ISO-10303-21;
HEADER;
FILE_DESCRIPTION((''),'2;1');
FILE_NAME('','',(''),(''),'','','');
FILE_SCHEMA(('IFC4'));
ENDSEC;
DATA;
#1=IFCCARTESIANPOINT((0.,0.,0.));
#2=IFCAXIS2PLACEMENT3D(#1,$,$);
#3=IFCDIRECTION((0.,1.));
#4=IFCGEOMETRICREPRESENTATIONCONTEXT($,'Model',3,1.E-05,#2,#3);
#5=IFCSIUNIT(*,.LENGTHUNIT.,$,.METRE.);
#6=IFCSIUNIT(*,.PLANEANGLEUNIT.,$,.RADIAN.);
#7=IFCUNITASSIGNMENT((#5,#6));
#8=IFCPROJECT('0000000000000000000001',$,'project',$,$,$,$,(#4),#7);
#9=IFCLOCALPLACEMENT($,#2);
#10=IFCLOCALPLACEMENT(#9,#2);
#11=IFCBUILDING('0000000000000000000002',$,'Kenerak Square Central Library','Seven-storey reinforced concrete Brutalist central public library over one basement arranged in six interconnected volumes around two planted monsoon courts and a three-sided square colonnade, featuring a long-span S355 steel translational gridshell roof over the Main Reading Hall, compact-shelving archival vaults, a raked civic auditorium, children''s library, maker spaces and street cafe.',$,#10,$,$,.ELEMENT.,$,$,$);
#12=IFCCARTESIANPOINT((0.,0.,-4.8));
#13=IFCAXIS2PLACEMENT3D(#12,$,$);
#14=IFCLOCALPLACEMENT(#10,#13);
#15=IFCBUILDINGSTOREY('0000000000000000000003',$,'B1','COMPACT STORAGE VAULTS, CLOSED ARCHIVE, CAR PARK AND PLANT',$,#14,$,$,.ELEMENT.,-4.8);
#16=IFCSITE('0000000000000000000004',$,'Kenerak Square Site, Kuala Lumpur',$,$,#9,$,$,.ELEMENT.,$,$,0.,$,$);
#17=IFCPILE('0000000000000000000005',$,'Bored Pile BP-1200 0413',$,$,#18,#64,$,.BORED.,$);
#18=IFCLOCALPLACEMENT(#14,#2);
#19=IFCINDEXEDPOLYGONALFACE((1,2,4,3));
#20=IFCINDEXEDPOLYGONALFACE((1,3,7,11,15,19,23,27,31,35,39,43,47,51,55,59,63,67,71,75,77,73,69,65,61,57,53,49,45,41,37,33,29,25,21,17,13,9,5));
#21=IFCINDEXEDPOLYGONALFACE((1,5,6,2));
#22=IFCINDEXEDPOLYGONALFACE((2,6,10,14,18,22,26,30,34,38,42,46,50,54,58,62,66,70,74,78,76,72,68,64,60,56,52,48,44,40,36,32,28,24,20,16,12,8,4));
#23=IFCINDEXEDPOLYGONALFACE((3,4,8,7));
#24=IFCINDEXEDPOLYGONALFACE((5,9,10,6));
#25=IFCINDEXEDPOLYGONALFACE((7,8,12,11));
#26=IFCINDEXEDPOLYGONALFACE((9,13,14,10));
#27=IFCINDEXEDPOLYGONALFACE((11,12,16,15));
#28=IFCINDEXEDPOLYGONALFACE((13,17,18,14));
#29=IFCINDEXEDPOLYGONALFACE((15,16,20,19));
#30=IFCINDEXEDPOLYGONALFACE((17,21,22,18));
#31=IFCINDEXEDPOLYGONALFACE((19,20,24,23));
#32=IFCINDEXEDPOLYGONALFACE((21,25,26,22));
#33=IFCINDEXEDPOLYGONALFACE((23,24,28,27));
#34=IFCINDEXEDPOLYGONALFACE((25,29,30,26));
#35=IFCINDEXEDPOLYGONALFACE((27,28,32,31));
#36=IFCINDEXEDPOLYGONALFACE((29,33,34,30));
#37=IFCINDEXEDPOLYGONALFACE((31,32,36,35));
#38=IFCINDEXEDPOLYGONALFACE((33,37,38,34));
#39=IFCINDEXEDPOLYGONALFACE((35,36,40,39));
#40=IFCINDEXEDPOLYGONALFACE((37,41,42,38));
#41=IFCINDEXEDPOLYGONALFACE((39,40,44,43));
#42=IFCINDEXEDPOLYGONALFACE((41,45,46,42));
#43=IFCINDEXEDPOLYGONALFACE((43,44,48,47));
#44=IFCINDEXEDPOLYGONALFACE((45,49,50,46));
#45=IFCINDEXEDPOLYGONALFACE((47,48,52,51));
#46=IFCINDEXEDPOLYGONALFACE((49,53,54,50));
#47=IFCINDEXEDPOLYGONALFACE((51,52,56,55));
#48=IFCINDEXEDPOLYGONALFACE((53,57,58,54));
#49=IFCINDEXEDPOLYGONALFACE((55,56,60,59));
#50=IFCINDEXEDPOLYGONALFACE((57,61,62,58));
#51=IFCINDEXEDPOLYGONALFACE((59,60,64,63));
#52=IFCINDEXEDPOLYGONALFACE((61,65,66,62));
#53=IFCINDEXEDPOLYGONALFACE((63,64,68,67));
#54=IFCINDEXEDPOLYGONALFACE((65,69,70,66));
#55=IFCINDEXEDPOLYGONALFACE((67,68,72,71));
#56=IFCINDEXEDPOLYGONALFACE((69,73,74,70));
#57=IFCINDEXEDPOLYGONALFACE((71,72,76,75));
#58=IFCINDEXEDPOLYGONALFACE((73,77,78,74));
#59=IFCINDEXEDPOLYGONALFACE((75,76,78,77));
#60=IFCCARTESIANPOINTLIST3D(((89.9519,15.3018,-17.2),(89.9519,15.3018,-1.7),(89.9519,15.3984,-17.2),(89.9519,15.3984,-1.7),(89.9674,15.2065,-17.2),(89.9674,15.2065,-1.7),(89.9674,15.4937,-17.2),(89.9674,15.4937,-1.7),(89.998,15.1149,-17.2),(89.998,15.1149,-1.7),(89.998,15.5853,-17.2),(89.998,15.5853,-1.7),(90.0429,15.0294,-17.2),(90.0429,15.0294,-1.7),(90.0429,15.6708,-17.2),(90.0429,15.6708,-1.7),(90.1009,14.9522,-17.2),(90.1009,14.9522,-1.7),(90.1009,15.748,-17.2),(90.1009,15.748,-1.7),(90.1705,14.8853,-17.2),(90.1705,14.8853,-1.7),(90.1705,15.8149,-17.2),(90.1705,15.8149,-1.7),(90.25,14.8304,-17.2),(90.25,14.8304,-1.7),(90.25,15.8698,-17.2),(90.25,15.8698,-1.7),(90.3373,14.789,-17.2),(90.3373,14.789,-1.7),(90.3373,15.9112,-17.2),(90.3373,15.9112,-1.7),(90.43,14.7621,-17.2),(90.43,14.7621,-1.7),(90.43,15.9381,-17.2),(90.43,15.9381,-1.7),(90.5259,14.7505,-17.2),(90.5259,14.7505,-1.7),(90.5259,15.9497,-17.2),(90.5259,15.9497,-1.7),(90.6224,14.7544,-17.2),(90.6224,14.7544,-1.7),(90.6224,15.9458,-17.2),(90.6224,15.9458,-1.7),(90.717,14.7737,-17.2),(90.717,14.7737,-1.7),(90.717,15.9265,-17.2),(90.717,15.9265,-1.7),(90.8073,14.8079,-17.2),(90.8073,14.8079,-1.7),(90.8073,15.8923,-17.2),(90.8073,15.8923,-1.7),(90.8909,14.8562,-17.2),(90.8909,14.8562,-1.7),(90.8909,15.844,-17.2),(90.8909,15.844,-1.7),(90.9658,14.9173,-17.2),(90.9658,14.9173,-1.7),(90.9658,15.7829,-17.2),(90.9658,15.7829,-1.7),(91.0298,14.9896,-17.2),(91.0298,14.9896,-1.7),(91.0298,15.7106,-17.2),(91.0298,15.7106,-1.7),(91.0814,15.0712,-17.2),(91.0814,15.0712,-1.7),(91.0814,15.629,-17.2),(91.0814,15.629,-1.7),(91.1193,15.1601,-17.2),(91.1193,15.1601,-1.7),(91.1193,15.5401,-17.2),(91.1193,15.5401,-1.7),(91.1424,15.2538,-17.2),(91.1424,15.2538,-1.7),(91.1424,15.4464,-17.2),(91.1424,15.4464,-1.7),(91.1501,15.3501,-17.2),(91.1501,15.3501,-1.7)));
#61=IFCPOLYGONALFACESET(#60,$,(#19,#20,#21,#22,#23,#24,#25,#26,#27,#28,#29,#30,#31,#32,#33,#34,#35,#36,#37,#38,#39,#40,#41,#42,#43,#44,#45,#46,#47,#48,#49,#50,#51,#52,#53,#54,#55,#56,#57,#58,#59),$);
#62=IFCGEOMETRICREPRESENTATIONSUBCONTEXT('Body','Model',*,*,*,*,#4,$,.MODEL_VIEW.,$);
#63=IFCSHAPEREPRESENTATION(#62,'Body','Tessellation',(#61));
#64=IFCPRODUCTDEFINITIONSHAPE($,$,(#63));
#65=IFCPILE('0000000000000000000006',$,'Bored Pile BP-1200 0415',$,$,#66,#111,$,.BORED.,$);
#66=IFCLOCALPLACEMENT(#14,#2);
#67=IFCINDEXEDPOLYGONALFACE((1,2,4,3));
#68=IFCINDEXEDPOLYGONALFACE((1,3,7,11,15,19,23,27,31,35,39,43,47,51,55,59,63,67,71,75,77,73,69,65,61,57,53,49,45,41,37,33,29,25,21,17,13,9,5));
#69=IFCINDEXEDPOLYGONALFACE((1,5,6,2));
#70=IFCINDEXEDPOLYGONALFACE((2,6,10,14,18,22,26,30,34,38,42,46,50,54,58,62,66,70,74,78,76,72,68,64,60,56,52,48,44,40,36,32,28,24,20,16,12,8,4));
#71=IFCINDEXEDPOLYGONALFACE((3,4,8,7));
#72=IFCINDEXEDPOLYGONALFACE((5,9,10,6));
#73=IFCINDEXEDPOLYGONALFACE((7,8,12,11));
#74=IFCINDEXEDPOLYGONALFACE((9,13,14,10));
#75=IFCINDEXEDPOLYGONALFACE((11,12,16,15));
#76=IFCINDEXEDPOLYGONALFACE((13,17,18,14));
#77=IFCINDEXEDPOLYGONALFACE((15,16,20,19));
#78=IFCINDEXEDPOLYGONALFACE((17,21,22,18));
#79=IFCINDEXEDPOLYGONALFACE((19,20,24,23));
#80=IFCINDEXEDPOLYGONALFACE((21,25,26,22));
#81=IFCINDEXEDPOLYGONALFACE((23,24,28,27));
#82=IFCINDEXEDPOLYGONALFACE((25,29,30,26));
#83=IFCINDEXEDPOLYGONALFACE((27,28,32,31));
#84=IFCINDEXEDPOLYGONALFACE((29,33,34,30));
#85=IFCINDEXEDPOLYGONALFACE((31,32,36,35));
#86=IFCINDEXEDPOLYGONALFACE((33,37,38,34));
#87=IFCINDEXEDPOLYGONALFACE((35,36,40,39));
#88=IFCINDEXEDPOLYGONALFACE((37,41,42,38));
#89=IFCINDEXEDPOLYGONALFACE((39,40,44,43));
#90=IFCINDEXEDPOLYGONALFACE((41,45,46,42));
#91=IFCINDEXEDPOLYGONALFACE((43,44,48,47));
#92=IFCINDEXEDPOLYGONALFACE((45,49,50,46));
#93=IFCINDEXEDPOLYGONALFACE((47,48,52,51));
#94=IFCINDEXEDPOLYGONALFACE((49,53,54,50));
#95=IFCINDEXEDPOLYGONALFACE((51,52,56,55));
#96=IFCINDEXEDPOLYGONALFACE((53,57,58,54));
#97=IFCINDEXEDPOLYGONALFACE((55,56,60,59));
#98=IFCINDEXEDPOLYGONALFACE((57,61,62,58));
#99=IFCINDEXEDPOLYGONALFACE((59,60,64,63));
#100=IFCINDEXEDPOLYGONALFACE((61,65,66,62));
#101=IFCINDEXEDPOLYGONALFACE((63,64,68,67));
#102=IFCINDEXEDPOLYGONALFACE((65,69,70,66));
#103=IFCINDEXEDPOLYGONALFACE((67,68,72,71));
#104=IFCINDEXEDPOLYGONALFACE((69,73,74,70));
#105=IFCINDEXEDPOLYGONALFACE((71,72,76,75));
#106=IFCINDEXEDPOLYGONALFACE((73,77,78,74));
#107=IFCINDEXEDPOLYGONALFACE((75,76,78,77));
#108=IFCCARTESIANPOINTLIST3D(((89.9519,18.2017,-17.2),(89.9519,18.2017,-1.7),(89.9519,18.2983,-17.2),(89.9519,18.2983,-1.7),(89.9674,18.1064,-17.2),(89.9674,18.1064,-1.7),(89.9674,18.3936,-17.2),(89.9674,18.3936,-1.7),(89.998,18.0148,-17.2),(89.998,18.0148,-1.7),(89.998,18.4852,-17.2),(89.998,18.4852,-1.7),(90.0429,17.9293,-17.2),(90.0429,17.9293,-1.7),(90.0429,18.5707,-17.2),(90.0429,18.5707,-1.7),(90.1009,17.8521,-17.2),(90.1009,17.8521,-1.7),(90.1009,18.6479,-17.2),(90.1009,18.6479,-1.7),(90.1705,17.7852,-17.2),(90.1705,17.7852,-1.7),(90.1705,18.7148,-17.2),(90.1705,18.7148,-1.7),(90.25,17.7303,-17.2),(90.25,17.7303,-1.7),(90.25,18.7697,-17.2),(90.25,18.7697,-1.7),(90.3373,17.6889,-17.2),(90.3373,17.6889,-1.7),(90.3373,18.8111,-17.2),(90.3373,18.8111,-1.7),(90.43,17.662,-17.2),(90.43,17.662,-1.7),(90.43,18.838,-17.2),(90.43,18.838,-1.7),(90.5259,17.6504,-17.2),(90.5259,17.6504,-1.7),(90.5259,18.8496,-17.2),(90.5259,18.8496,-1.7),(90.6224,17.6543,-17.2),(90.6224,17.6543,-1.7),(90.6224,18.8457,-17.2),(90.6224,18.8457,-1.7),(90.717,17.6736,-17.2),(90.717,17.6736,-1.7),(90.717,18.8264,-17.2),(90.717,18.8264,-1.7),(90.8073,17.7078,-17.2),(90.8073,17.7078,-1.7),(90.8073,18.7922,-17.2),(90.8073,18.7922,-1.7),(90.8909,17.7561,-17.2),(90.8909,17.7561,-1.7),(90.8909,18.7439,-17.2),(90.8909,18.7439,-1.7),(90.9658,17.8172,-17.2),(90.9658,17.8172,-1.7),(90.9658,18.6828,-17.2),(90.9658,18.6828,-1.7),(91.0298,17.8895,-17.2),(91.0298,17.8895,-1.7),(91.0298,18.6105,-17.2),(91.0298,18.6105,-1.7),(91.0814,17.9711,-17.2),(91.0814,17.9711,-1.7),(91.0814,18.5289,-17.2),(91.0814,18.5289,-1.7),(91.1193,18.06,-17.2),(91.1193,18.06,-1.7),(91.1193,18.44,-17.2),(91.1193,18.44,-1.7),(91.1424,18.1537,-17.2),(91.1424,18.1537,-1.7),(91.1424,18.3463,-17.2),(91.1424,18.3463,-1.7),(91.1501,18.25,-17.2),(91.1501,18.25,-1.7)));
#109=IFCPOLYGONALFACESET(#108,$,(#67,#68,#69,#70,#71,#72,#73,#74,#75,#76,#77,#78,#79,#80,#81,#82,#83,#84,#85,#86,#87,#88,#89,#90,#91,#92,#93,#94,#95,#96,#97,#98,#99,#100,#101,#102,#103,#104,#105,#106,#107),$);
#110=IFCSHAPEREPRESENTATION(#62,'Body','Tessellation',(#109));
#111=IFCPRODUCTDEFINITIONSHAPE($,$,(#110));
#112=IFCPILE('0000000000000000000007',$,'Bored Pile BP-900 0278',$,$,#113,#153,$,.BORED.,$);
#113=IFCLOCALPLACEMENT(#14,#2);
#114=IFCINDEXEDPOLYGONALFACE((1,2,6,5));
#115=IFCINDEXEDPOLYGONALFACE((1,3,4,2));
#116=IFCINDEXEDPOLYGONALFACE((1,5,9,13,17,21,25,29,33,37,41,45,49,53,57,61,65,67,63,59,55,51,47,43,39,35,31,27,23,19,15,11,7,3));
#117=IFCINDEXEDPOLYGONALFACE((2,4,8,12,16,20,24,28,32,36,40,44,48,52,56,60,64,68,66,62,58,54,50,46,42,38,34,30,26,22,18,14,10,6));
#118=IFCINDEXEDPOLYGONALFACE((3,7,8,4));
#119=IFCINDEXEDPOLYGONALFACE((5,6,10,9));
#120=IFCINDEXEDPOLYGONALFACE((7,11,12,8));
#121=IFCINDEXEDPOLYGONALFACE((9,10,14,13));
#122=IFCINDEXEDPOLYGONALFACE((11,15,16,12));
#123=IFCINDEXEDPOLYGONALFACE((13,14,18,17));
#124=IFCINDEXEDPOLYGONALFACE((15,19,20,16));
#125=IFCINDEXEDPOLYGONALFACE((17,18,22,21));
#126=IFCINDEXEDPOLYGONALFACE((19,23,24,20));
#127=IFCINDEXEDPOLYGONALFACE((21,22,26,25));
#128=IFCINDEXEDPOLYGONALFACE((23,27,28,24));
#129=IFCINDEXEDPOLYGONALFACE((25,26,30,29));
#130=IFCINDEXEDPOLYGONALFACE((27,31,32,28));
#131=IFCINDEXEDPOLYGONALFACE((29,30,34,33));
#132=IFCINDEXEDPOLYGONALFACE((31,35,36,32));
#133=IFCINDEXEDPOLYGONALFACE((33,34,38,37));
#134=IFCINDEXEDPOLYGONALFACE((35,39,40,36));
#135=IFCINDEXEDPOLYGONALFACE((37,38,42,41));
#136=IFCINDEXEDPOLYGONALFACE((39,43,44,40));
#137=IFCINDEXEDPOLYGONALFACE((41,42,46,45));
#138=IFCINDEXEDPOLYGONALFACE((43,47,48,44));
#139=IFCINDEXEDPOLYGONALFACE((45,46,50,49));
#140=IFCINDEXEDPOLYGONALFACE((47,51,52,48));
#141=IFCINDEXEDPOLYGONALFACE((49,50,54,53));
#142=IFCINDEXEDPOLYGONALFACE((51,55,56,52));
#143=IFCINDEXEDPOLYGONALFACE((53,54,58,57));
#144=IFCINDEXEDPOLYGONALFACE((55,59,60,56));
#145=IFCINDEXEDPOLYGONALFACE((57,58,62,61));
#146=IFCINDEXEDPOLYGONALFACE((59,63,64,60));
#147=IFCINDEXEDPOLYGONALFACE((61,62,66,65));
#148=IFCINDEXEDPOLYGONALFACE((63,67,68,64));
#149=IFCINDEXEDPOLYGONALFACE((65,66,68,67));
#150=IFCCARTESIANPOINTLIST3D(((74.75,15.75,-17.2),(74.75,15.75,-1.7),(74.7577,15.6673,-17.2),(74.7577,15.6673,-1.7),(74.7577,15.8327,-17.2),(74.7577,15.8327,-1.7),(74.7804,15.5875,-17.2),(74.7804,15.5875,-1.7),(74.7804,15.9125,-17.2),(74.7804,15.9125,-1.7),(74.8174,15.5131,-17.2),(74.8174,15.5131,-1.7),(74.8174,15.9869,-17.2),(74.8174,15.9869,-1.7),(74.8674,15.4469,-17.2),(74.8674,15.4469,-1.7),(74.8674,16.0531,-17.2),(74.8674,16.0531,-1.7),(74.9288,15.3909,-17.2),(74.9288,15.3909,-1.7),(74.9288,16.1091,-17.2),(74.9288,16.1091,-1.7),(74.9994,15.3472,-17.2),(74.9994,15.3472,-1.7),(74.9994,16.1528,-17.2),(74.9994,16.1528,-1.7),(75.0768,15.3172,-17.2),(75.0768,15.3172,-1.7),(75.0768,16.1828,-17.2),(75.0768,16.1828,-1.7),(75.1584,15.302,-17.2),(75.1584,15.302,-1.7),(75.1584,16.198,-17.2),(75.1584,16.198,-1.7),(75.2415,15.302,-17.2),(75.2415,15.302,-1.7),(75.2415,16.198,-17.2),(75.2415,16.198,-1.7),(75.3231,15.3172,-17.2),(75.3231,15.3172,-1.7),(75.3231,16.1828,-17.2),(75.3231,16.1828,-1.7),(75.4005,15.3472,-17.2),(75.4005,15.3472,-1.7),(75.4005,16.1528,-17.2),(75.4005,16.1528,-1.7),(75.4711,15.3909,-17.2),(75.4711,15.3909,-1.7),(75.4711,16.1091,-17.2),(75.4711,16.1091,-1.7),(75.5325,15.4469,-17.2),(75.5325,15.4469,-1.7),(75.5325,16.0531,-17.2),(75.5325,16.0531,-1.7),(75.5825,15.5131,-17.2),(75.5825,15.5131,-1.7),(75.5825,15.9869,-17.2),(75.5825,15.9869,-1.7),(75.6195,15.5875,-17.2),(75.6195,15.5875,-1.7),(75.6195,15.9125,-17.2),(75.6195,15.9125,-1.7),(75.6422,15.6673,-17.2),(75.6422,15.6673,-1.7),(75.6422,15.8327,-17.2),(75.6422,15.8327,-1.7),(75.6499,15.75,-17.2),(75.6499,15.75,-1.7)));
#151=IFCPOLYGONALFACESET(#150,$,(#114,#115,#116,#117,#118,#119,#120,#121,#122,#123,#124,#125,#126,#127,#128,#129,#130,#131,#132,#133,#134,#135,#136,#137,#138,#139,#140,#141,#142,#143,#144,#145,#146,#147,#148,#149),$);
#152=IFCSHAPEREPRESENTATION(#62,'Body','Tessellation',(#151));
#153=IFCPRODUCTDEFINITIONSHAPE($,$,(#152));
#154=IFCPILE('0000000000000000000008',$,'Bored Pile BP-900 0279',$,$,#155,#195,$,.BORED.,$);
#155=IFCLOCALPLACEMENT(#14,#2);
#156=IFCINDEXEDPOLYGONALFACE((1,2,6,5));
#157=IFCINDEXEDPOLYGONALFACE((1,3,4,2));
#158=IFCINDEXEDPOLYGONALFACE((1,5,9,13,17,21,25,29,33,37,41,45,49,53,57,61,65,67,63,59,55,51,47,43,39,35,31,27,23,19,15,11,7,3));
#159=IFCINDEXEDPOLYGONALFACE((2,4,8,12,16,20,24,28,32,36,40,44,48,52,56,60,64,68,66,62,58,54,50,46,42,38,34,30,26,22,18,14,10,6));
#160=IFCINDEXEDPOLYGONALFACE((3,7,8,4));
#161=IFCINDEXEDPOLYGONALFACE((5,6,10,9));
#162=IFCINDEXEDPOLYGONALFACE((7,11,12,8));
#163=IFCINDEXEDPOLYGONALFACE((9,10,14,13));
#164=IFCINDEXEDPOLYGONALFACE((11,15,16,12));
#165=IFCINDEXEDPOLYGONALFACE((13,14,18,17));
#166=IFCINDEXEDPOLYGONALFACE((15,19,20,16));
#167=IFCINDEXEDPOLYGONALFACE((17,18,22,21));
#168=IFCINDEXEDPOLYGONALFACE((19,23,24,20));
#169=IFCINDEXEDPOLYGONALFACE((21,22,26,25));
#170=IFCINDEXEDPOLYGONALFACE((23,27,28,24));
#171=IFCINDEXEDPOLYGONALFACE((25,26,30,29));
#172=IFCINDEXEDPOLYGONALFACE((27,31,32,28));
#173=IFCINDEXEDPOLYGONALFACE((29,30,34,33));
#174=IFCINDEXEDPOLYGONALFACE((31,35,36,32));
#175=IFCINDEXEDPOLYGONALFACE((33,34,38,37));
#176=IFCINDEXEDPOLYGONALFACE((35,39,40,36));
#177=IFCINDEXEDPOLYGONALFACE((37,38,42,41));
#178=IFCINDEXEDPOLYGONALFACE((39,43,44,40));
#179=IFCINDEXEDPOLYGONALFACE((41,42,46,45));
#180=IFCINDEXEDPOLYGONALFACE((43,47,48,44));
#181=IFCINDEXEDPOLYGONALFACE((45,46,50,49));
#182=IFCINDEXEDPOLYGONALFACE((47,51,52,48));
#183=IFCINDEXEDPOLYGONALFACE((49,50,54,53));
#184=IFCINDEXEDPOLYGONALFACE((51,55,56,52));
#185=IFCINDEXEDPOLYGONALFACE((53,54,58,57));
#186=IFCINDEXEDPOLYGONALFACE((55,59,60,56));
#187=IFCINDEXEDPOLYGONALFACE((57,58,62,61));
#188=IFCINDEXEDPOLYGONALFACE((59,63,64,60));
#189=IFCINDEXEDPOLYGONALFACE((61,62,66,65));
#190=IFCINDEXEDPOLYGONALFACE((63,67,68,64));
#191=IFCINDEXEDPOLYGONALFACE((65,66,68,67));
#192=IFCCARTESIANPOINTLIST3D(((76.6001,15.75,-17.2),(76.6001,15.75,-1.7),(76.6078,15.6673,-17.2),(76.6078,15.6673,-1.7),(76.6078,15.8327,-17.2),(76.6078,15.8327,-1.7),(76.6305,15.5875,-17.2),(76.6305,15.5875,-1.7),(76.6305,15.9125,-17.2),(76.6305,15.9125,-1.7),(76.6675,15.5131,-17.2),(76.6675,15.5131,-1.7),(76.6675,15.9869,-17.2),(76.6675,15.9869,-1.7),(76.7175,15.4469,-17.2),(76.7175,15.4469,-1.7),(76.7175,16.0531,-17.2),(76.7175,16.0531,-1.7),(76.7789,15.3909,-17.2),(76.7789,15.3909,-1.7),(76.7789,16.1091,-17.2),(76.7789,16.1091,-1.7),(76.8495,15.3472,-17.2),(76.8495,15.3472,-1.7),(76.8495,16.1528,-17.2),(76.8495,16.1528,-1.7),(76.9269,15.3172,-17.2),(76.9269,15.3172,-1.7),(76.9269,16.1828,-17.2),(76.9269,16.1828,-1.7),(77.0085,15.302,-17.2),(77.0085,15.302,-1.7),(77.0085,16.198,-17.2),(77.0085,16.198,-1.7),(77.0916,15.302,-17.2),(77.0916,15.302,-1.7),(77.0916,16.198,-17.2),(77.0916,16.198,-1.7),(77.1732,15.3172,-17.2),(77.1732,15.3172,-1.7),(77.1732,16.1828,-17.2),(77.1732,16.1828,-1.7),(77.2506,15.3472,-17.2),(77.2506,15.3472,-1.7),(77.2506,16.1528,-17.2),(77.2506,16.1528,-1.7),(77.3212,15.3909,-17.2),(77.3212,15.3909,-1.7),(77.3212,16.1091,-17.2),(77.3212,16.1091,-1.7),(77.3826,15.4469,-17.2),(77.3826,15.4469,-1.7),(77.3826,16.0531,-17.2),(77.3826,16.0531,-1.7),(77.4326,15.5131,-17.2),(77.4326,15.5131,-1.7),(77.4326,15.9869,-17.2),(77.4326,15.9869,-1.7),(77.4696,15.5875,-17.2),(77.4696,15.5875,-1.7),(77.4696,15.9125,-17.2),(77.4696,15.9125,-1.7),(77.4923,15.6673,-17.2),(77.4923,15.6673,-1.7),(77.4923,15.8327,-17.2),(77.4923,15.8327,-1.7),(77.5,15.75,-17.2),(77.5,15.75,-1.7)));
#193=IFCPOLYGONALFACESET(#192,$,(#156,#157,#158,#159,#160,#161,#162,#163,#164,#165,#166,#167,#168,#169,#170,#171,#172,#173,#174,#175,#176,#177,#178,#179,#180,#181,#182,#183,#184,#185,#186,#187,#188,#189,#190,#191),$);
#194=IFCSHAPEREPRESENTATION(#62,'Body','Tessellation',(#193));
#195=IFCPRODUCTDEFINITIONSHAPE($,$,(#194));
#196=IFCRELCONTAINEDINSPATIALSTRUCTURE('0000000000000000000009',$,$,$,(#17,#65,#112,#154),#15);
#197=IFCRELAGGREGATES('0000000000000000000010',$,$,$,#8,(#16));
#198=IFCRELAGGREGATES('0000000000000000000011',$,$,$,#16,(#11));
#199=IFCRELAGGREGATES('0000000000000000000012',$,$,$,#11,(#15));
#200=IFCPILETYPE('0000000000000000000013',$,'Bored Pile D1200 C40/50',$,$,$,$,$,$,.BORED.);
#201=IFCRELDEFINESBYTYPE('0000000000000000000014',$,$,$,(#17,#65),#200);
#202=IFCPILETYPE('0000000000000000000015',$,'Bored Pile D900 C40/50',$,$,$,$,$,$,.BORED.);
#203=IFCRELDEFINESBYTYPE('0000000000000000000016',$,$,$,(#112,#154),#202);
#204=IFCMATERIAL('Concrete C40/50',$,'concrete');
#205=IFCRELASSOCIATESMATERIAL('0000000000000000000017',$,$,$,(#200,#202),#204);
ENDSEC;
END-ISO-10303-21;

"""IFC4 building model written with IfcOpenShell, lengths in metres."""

from ifc_helpers import new_model, si_unit, direction, frame, origin, origin_2d, place, context, subcontext, project, spatial, circle, extrude, material, material_profile, profile_set, type_object, element, save


model = new_model("IFC4")

# Units and contexts
model_context = context("Model", 3, precision=1e-05, world=origin(), true_north=direction((0.0, 1.0)))
body_context = subcontext(model_context, "Body", "Model", "MODEL_VIEW")
ifc_project = project(units=[si_unit("LENGTHUNIT", "METRE"), si_unit("PLANEANGLEUNIT", "RADIAN")], contexts=[model_context])

# Site, building, storey
site_placement = place(None, origin())
site = spatial("IfcSite", under=ifc_project, at=site_placement, Name="Kenerak Square Site, Kuala Lumpur", CompositionType="ELEMENT", RefElevation=0.0)
building_placement = place(site_placement, origin())
building = spatial("IfcBuilding", under=site, at=building_placement, Name="Kenerak Square Central Library", Description="Seven-storey reinforced concrete Brutalist central public library over one basement arranged in six interconnected volumes around two planted monsoon courts and a three-sided square colonnade, featuring a long-span S355 steel translational gridshell roof over the Main Reading Hall, compact-shelving archival vaults, a raked civic auditorium, children's library, maker spaces and street cafe.", CompositionType="ELEMENT")
storey_placement = place(building_placement, frame((0.0, 0.0, -4.8)))
storey = spatial("IfcBuildingStorey", under=building, at=storey_placement, Name="B1", Description="COMPACT STORAGE VAULTS, CLOSED ARCHIVE, CAR PARK AND PLANT", CompositionType="ELEMENT", Elevation=-4.8)

# Piles
ifc_material_1 = material(Name="Concrete C40/50", Category="concrete")
ifc_material_profile_1 = material_profile(ifc_material_1, circle(Radius=0.6001, at=origin_2d()), Name="BP D1200")
ifc_profile_set_1 = profile_set([ifc_material_profile_1], Name="Concrete C40/50")
pile_type_1 = type_object("IfcPileType", Name="Bored Pile D1200 C40/50", PredefinedType="BORED", material=ifc_profile_set_1)
for number, where, z_axis, x_axis, name in (
    (1, (90.55, 15.3501, -1.7), (0.0, 0.0, -1.0), (1.0, 0.0, 0.0), "Bored Pile BP-1200 0413"),
    (2, (90.55, 18.25, -1.7), (0.0, 0.0, -1.0), (1.0, 0.0, 0.0), "Bored Pile BP-1200 0415"),
):
    element("IfcPile", number, at=place(storey_placement, frame(where, z_axis=z_axis, x_axis=x_axis)), inside=storey, type_object=pile_type_1, Name=name, PredefinedType="BORED", context=body_context, shape_type="SweptSolid", body=[
        extrude(circle(Radius=0.6001, at=origin_2d()), origin(), (0.0, 0.0, 1.0), 15.5),
    ])
ifc_material_profile_2 = material_profile(ifc_material_1, circle(Radius=0.45, at=origin_2d()), Name="BP D900")
ifc_profile_set_2 = profile_set([ifc_material_profile_2], Name="Concrete C40/50")
pile_type_2 = type_object("IfcPileType", Name="Bored Pile D900 C40/50", PredefinedType="BORED", material=ifc_profile_set_2)
for number, where, z_axis, x_axis, name in (
    (3, (75.2, 15.75, -1.7), (0.0, 0.0, -1.0), (1.0, 0.0, 0.0), "Bored Pile BP-900 0278"),
    (4, (77.05, 15.75, -1.7), (0.0, 0.0, -1.0), (1.0, 0.0, 0.0), "Bored Pile BP-900 0279"),
):
    element("IfcPile", number, at=place(storey_placement, frame(where, z_axis=z_axis, x_axis=x_axis)), inside=storey, type_object=pile_type_2, Name=name, PredefinedType="BORED", context=body_context, shape_type="SweptSolid", body=[
        extrude(circle(Radius=0.45, at=origin_2d()), origin(), (0.0, 0.0, 1.0), 15.5),
    ])

save(model, "model.ifc")
